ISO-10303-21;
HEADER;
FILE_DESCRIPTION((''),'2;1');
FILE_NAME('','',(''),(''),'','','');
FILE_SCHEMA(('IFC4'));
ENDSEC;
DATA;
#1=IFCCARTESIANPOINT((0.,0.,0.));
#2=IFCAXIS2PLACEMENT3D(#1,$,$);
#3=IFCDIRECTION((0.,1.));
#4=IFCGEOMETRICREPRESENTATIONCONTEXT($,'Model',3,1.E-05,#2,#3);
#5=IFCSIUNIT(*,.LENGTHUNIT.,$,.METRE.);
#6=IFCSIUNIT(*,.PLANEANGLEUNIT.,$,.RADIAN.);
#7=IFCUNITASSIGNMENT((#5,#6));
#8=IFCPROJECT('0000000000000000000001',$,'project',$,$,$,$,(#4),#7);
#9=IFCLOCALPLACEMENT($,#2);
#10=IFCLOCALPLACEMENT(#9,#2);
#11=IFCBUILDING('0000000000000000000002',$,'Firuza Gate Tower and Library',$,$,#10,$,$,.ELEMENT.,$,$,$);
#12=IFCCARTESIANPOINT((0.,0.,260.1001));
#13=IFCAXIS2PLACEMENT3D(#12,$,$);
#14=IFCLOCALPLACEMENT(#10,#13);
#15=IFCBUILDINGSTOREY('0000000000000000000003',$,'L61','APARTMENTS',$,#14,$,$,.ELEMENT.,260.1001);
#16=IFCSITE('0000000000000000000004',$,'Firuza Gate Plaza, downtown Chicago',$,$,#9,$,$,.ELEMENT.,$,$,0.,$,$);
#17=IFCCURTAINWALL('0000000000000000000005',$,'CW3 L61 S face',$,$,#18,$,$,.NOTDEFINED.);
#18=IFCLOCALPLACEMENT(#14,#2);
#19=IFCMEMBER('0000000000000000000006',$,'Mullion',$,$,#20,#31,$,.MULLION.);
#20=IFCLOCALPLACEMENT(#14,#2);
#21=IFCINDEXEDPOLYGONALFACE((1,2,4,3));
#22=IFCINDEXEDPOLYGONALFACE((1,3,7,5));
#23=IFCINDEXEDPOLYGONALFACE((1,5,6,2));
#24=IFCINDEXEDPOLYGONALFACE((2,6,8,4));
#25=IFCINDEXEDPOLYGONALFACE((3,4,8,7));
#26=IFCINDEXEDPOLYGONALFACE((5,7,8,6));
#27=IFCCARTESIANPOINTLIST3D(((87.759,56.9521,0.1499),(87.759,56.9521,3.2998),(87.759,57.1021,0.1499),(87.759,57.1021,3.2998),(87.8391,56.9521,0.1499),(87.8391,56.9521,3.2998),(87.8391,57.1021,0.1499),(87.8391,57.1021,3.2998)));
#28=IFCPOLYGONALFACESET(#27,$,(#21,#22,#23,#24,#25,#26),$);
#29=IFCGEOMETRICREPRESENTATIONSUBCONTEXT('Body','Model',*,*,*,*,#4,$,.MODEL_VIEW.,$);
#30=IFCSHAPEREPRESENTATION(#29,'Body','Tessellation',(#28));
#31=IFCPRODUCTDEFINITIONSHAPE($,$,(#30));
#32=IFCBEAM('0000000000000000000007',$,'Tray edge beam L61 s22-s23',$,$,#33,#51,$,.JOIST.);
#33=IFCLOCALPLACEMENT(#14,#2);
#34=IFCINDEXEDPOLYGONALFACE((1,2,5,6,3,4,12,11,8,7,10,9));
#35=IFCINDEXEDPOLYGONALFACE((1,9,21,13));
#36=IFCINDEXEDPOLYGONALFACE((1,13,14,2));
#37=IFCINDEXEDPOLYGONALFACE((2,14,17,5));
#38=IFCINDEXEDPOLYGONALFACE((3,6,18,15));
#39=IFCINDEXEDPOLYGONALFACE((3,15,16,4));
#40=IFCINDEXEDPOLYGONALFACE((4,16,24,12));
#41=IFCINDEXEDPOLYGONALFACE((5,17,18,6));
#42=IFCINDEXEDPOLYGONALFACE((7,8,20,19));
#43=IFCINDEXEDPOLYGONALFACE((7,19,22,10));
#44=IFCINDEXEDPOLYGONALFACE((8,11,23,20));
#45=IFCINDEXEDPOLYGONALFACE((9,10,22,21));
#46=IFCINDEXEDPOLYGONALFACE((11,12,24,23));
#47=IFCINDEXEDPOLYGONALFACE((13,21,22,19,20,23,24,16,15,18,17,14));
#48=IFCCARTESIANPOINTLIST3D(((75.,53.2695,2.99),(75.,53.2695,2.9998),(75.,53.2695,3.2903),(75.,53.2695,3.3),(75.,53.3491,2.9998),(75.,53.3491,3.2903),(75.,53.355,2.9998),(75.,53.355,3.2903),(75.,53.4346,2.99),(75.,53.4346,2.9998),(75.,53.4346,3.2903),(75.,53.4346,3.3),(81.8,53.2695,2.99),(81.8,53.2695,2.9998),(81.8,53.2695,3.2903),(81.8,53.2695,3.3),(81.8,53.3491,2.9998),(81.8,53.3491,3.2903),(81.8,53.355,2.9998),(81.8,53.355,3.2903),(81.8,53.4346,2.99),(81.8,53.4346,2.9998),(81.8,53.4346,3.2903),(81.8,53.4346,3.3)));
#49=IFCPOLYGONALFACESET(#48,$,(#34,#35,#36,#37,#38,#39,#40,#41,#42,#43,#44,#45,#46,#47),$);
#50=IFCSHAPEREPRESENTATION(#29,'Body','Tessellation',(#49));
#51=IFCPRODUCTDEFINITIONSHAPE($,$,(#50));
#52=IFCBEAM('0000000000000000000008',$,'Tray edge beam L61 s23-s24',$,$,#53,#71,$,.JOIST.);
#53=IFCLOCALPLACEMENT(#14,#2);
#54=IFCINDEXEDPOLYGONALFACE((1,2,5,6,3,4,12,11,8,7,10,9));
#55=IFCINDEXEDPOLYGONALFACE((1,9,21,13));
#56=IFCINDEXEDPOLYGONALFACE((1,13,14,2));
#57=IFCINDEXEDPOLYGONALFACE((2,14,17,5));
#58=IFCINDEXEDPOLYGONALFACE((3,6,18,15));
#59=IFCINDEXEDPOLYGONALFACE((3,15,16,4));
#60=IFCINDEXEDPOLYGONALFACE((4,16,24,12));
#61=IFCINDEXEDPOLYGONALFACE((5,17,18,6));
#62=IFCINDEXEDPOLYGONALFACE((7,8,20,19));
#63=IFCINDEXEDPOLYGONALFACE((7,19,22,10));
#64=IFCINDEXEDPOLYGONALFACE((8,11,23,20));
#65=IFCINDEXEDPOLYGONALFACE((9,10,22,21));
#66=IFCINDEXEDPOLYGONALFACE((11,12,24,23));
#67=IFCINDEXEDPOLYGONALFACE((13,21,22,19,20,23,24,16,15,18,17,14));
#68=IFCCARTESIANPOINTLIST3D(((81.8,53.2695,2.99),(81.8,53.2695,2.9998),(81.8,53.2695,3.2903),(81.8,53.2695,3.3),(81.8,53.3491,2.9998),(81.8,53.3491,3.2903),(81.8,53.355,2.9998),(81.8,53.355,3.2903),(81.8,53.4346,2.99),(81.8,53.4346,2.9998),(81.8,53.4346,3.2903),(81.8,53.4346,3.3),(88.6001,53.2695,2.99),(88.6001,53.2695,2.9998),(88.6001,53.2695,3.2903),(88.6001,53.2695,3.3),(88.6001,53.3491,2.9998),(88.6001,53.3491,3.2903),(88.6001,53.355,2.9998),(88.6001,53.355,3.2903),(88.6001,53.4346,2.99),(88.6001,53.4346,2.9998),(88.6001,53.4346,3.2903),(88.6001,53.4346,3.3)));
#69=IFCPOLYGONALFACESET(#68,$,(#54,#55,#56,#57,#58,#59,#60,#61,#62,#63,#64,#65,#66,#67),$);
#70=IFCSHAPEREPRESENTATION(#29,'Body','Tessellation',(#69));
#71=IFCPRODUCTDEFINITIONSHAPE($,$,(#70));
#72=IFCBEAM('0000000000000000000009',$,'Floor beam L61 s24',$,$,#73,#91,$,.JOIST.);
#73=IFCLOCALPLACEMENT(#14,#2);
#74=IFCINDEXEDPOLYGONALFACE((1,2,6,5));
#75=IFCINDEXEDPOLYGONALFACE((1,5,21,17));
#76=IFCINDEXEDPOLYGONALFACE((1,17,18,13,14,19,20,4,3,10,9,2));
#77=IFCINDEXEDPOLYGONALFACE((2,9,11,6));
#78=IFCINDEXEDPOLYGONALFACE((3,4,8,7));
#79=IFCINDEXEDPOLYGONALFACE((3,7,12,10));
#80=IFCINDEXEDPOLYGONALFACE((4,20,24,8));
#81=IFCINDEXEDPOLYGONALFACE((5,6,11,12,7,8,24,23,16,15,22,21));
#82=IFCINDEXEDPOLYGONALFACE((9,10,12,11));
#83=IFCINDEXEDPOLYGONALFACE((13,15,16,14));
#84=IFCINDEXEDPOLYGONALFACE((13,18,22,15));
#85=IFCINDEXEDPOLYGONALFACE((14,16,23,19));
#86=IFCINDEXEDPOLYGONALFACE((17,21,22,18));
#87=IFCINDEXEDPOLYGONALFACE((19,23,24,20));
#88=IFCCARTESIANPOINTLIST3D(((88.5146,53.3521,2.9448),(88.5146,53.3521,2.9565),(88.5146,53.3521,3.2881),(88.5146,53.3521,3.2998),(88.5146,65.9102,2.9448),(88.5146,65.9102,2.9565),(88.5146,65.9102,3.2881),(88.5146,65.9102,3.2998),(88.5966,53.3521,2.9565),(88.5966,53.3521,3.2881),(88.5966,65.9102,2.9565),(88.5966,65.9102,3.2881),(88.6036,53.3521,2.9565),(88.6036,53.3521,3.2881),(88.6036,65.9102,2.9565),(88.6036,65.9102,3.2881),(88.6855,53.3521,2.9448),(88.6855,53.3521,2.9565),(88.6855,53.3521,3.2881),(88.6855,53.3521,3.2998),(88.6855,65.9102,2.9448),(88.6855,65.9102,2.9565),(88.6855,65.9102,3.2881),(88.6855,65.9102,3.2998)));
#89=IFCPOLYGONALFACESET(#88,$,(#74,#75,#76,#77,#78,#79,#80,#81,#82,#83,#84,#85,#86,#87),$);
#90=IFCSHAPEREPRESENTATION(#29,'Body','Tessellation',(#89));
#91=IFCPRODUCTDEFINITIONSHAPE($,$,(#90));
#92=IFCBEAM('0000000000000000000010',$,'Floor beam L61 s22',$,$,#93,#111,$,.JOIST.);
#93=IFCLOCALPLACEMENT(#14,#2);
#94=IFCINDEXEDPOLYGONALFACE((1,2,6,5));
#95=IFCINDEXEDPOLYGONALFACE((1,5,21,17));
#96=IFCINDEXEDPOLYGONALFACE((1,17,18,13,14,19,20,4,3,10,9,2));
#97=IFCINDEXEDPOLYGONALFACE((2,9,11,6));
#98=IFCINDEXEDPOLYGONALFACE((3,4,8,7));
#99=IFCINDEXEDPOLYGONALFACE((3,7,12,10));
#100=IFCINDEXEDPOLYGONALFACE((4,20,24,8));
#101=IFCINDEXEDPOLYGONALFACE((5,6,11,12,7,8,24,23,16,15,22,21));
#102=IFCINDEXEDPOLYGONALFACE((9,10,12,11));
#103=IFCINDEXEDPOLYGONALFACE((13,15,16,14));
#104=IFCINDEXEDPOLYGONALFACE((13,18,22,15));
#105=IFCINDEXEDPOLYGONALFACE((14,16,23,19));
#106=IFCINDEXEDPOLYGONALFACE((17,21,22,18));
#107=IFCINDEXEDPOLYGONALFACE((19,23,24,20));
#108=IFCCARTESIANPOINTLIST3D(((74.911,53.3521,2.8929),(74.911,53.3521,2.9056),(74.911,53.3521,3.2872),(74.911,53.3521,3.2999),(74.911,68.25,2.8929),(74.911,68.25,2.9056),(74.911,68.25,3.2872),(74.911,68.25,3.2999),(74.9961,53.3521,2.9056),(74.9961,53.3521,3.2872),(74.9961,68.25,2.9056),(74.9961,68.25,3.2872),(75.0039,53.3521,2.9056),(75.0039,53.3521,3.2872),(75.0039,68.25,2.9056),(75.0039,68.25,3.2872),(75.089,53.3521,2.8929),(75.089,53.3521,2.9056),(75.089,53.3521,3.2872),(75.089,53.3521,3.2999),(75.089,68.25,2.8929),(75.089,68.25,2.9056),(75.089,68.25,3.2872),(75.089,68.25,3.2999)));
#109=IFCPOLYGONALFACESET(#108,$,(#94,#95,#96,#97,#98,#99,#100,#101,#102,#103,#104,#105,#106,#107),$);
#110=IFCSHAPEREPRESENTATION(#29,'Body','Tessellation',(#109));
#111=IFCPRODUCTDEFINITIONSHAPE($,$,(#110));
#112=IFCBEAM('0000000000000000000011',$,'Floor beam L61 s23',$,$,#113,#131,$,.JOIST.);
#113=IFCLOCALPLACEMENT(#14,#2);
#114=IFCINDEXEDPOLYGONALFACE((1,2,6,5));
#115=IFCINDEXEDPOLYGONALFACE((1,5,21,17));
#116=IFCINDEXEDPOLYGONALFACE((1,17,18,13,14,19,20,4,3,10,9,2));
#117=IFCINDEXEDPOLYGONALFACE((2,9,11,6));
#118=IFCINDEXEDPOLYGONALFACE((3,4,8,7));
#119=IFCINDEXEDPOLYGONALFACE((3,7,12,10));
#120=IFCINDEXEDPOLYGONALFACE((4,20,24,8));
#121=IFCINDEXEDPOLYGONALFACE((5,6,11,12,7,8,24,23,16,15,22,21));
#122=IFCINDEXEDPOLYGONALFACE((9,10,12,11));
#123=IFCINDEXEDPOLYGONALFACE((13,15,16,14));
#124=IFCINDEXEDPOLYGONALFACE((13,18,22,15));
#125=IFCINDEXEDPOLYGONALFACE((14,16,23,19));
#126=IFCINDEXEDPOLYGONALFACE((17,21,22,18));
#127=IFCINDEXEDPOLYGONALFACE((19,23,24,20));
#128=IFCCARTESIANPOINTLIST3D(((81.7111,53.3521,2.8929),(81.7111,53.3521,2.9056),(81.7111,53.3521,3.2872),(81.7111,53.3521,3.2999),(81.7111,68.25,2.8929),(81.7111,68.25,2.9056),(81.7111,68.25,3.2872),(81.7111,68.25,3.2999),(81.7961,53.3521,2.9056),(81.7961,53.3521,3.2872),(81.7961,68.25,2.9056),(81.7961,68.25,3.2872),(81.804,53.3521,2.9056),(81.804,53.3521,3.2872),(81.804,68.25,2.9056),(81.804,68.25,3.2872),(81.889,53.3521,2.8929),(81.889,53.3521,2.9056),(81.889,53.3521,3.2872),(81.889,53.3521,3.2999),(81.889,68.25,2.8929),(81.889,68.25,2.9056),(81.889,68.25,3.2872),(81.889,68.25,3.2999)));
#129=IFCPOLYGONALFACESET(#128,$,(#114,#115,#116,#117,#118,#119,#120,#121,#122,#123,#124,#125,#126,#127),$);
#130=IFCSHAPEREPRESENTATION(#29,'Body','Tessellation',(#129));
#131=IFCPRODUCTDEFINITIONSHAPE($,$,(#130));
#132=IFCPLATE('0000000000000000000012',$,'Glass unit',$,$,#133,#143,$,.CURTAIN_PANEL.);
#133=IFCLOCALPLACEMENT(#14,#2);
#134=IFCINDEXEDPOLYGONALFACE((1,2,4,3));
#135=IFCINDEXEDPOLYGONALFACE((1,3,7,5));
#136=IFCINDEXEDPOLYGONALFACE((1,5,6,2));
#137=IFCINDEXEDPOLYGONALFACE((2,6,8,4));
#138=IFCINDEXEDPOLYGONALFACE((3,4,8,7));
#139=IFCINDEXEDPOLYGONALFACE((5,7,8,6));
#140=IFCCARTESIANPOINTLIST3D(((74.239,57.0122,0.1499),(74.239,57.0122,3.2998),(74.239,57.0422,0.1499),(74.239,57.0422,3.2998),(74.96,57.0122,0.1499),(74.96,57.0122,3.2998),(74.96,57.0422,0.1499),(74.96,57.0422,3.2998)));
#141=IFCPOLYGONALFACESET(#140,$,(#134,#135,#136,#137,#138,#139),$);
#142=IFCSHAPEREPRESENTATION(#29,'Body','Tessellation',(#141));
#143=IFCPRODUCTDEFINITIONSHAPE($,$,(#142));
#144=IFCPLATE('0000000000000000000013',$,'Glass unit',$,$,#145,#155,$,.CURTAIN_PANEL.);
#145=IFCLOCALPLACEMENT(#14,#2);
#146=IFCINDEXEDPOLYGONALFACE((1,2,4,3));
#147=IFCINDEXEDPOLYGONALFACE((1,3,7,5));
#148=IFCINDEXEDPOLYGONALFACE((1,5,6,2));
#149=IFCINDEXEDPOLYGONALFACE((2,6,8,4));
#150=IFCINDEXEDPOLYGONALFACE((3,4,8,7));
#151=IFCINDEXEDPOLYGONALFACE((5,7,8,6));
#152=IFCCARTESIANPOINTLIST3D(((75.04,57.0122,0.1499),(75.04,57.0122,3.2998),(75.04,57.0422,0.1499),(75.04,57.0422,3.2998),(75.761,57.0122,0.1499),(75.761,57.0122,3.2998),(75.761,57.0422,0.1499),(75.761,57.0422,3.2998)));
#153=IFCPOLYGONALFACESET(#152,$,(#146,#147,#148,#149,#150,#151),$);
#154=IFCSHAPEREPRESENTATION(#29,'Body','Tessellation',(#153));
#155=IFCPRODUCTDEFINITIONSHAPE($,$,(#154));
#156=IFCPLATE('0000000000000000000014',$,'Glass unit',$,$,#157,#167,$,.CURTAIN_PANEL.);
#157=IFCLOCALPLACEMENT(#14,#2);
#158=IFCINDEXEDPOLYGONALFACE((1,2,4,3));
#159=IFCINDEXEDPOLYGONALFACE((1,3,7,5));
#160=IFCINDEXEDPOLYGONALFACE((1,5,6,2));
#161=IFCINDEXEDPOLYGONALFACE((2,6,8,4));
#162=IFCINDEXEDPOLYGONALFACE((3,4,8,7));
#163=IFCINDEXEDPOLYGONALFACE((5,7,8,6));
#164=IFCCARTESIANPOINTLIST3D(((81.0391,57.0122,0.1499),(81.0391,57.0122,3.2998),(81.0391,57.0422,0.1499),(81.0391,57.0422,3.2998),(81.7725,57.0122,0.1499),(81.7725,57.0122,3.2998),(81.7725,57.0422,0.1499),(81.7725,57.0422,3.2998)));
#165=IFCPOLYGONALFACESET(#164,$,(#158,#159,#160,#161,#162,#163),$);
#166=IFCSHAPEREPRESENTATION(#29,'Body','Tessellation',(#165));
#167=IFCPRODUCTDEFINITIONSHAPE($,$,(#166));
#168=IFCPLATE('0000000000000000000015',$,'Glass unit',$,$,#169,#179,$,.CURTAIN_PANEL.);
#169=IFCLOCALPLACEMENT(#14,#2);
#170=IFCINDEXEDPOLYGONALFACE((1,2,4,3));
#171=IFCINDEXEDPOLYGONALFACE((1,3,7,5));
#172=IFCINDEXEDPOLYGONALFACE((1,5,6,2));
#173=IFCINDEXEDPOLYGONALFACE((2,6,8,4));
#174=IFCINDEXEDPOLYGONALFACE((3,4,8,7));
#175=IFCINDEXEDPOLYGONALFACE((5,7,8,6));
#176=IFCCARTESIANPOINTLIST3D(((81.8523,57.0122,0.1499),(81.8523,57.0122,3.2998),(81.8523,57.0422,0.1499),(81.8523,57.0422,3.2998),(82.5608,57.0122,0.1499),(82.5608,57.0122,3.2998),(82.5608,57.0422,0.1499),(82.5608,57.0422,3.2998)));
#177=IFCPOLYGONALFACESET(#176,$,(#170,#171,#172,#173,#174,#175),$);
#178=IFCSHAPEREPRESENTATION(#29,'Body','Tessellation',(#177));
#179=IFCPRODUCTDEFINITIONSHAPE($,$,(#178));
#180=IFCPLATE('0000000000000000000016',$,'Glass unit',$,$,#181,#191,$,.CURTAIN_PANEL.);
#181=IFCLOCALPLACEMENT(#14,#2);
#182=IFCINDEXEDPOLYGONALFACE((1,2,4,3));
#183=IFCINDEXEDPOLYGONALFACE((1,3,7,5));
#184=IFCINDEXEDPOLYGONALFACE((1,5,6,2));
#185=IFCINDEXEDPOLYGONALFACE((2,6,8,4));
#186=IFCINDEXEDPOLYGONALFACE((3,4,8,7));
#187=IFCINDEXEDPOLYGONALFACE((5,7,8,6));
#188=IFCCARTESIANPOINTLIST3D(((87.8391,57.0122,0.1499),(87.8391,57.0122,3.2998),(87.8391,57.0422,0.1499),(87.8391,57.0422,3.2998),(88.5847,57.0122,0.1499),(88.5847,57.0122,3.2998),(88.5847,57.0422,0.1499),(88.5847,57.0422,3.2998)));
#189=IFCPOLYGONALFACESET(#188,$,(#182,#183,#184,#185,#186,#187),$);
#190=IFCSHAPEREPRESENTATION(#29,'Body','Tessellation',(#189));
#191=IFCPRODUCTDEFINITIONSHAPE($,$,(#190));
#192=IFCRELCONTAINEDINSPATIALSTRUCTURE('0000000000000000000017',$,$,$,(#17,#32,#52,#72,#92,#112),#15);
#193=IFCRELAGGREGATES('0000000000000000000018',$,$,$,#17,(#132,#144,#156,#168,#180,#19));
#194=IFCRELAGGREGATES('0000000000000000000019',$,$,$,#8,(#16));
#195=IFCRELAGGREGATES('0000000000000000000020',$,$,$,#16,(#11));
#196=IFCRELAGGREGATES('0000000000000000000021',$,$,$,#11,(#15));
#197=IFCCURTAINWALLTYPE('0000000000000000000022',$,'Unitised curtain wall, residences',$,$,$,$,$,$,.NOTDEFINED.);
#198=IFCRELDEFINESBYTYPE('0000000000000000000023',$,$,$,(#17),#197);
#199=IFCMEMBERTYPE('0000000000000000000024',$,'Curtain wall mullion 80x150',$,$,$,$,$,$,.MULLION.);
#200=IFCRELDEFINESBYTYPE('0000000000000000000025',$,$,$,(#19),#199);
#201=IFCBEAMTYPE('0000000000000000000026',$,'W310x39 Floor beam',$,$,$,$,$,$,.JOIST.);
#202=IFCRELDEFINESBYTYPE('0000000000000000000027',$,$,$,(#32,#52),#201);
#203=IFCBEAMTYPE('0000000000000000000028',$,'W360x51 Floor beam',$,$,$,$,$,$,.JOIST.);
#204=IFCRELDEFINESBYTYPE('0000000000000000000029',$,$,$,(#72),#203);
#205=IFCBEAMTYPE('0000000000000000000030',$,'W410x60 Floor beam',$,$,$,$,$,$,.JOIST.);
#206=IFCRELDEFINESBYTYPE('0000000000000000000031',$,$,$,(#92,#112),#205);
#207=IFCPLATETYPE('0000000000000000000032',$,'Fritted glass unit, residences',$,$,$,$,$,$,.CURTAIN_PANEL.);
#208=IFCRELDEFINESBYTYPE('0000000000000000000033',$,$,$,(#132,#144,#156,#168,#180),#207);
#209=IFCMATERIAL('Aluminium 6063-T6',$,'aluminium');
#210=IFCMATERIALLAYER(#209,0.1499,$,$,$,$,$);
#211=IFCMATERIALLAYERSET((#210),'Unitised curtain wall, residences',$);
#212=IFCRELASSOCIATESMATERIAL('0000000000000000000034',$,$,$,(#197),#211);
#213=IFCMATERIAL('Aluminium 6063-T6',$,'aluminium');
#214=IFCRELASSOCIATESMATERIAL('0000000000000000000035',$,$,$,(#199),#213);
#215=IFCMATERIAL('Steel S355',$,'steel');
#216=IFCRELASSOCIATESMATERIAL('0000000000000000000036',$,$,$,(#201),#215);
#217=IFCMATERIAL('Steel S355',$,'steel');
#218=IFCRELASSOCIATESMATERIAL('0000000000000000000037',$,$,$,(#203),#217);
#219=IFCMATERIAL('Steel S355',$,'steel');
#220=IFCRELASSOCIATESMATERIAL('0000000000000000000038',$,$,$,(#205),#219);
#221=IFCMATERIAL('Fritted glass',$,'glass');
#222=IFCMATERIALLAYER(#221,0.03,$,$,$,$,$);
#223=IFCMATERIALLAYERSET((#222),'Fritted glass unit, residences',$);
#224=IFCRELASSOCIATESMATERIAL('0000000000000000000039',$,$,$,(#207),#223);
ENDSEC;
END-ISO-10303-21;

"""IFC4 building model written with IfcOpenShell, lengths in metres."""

from ifc_helpers import new_model, si_unit, direction, frame, origin, origin_2d, place, context, subcontext, project, spatial, polyline, rectangle, i_section, outline, extrude, material, layer, layer_set, material_profile, profile_set, type_object, element, aggregate, save


model = new_model("IFC4")

# Units and contexts
model_context = context("Model", 3, precision=1e-05, world=origin(), true_north=direction((0.0, 1.0)))
body_context = subcontext(model_context, "Body", "Model", "MODEL_VIEW")
ifc_project = project(units=[si_unit("LENGTHUNIT", "METRE"), si_unit("PLANEANGLEUNIT", "RADIAN")], contexts=[model_context])

# Site, building, storey
site_placement = place(None, origin())
site = spatial("IfcSite", under=ifc_project, at=site_placement, Name="Firuza Gate Plaza, downtown Chicago", CompositionType="ELEMENT", RefElevation=0.0)
building_placement = place(site_placement, origin())
building = spatial("IfcBuilding", under=site, at=building_placement, Name="Firuza Gate Tower and Library", CompositionType="ELEMENT")
storey_placement = place(building_placement, frame((0.0, 0.0, 260.1001)))
storey = spatial("IfcBuildingStorey", under=building, at=storey_placement, Name="L61", Description="APARTMENTS", CompositionType="ELEMENT", Elevation=260.1001)

# Curtain wall, member
ifc_material_1 = material(Name="Aluminium 6063-T6", Category="aluminium")
ifc_layer_1 = layer(ifc_material_1, 0.1499)
ifc_layer_set_1 = layer_set([ifc_layer_1], Name="Unitised curtain wall, residences")
curtain_wall_type = type_object("IfcCurtainWallType", Name="Unitised curtain wall, residences", PredefinedType="NOTDEFINED", material=ifc_layer_set_1)
curtain_wall_placement = place(storey_placement, origin())
curtain_wall = element("IfcCurtainWall", 1, at=curtain_wall_placement, inside=storey, type_object=curtain_wall_type, Name="CW3 L61 S face", PredefinedType="NOTDEFINED")
ifc_material_2 = material(Name="Aluminium 6063-T6", Category="aluminium")
ifc_material_profile_1 = material_profile(ifc_material_2, rectangle(XDim=0.1499, YDim=0.0801, at=origin_2d()))
ifc_profile_set_1 = profile_set([ifc_material_profile_1], Name="Aluminium 6063-T6")
member_type_1 = type_object("IfcMemberType", Name="Curtain wall mullion 80x150", PredefinedType="MULLION", material=ifc_profile_set_1)
member_1_placement = place(storey_placement, frame((87.7991, 57.0271, 0.1499), z_axis=(0.0, 0.0, 1.0), x_axis=(0.0, 1.0, 0.0)))
member_1 = element("IfcMember", 2, at=member_1_placement, type_object=member_type_1, Name="Mullion", PredefinedType="MULLION", context=body_context, shape_type="SweptSolid", body=[
    extrude(rectangle(XDim=0.1499, YDim=0.0801, at=origin_2d()), origin(), (0.0, 0.0, 1.0), 3.1499),
])

# Beams
ifc_material_3 = material(Name="Steel S355", Category="steel")
ifc_material_profile_2 = material_profile(ifc_material_3, i_section(OverallWidth=0.165, OverallDepth=0.3101, WebThickness=0.0059, FlangeThickness=0.0098, at=origin_2d()))
ifc_profile_set_2 = profile_set([ifc_material_profile_2], Name="Steel S355")
beam_type_1 = type_object("IfcBeamType", Name="W310x39 Floor beam", PredefinedType="JOIST", material=ifc_profile_set_2)
for number, where, z_axis, x_axis, name in (
    (3, (75.0, 53.3521, 3.145), (1.0, 0.0, 0.0), (0.0, 1.0, 0.0), "Tray edge beam L61 s22-s23"),
    (4, (81.8, 53.3521, 3.145), (1.0, 0.0, 0.0), (0.0, 1.0, 0.0), "Tray edge beam L61 s23-s24"),
):
    element("IfcBeam", number, at=place(storey_placement, frame(where, z_axis=z_axis, x_axis=x_axis)), inside=storey, type_object=beam_type_1, Name=name, PredefinedType="JOIST", context=body_context, shape_type="SweptSolid", body=[
        extrude(i_section(OverallWidth=0.165, OverallDepth=0.3101, WebThickness=0.0059, FlangeThickness=0.0098, at=origin_2d()), origin(), (0.0, 0.0, 1.0), 6.8),
    ])
ifc_material_4 = material(Name="Steel S355", Category="steel")
ifc_material_profile_3 = material_profile(ifc_material_4, i_section(OverallWidth=0.1709, OverallDepth=0.355, WebThickness=0.0071, FlangeThickness=0.0117, at=origin_2d()))
ifc_profile_set_3 = profile_set([ifc_material_profile_3], Name="Steel S355")
beam_type_2 = type_object("IfcBeamType", Name="W360x51 Floor beam", PredefinedType="JOIST", material=ifc_profile_set_3)
beam_placement = place(storey_placement, frame((88.6001, 53.3521, 3.1223), z_axis=(0.0, 1.0, 0.0), x_axis=(-1.0, 0.0, 0.0)))
element("IfcBeam", 5, at=beam_placement, inside=storey, type_object=beam_type_2, Name="Floor beam L61 s24", PredefinedType="JOIST", context=body_context, shape_type="SweptSolid", body=[
    extrude(i_section(OverallWidth=0.1709, OverallDepth=0.355, WebThickness=0.0071, FlangeThickness=0.0117, at=origin_2d()), origin(), (0.0, 0.0, 1.0), 12.5581),
])
ifc_material_5 = material(Name="Steel S355", Category="steel")
ifc_material_profile_4 = material_profile(ifc_material_5, i_section(OverallWidth=0.178, OverallDepth=0.407, WebThickness=0.0078, FlangeThickness=0.0127, at=origin_2d()))
ifc_profile_set_4 = profile_set([ifc_material_profile_4], Name="Steel S355")
beam_type_3 = type_object("IfcBeamType", Name="W410x60 Floor beam", PredefinedType="JOIST", material=ifc_profile_set_4)
for number, where, z_axis, x_axis, name in (
    (6, (75.0, 53.3521, 3.0964), (0.0, 1.0, 0.0), (-1.0, 0.0, 0.0), "Floor beam L61 s22"),
    (7, (81.8, 53.3521, 3.0964), (0.0, 1.0, 0.0), (-1.0, 0.0, 0.0), "Floor beam L61 s23"),
):
    element("IfcBeam", number, at=place(storey_placement, frame(where, z_axis=z_axis, x_axis=x_axis)), inside=storey, type_object=beam_type_3, Name=name, PredefinedType="JOIST", context=body_context, shape_type="SweptSolid", body=[
        extrude(i_section(OverallWidth=0.178, OverallDepth=0.407, WebThickness=0.0078, FlangeThickness=0.0127, at=origin_2d()), origin(), (0.0, 0.0, 1.0), 14.8979),
    ])

# Plates
ifc_material_6 = material(Name="Fritted glass", Category="glass")
ifc_layer_2 = layer(ifc_material_6, 0.03)
ifc_layer_set_2 = layer_set([ifc_layer_2], Name="Fritted glass unit, residences")
plate_type_1 = type_object("IfcPlateType", Name="Fritted glass unit, residences", PredefinedType="CURTAIN_PANEL", material=ifc_layer_set_2)
plate_1_placement = place(storey_placement, frame((74.239, 57.0122, 0.1499), z_axis=(0.0, -1.0, 0.0), x_axis=(1.0, 0.0, 0.0)))
plate_1 = element("IfcPlate", 8, at=plate_1_placement, type_object=plate_type_1, Name="Glass unit", PredefinedType="CURTAIN_PANEL", context=body_context, shape_type="SweptSolid", body=[
    extrude(outline(polyline([(0.0, 0.0), (0.7209, 0.0), (0.7209, 3.1499), (0.0, 3.1499), (0.0, 0.0)])), origin(), (0.0, 0.0, -1.0), 0.03),
])
plate_2_placement = place(storey_placement, frame((75.04, 57.0122, 0.1499), z_axis=(0.0, -1.0, 0.0), x_axis=(1.0, 0.0, 0.0)))
plate_2 = element("IfcPlate", 9, at=plate_2_placement, type_object=plate_type_1, Name="Glass unit", PredefinedType="CURTAIN_PANEL", context=body_context, shape_type="SweptSolid", body=[
    extrude(outline(polyline([(0.0, 0.0), (0.7209, 0.0), (0.7209, 3.1499), (0.0, 3.1499), (0.0, 0.0)])), origin(), (0.0, 0.0, -1.0), 0.03),
])
plate_3_placement = place(storey_placement, frame((81.0391, 57.0122, 0.1499), z_axis=(0.0, -1.0, 0.0), x_axis=(1.0, 0.0, 0.0)))
plate_3 = element("IfcPlate", 10, at=plate_3_placement, type_object=plate_type_1, Name="Glass unit", PredefinedType="CURTAIN_PANEL", context=body_context, shape_type="SweptSolid", body=[
    extrude(outline(polyline([(0.0, 0.0), (0.7334, 0.0), (0.7334, 3.1499), (0.0, 3.1499), (0.0, 0.0)])), origin(), (0.0, 0.0, -1.0), 0.03),
])
plate_4_placement = place(storey_placement, frame((81.8523, 57.0122, 0.1499), z_axis=(0.0, -1.0, 0.0), x_axis=(1.0, 0.0, 0.0)))
plate_4 = element("IfcPlate", 11, at=plate_4_placement, type_object=plate_type_1, Name="Glass unit", PredefinedType="CURTAIN_PANEL", context=body_context, shape_type="SweptSolid", body=[
    extrude(outline(polyline([(0.0, 0.0), (0.7085, 0.0), (0.7085, 3.1499), (0.0, 3.1499), (0.0, 0.0)])), origin(), (0.0, 0.0, -1.0), 0.03),
])
plate_5_placement = place(storey_placement, frame((87.8391, 57.0122, 0.1499), z_axis=(0.0, -1.0, 0.0), x_axis=(1.0, 0.0, 0.0)))
plate_5 = element("IfcPlate", 12, at=plate_5_placement, type_object=plate_type_1, Name="Glass unit", PredefinedType="CURTAIN_PANEL", context=body_context, shape_type="SweptSolid", body=[
    extrude(outline(polyline([(0.0, 0.0), (0.7456, 0.0), (0.7456, 3.1499), (0.0, 3.1499), (0.0, 0.0)])), origin(), (0.0, 0.0, -1.0), 0.03),
])
aggregate(curtain_wall, [plate_1, plate_2, plate_3, plate_4, plate_5, member_1])

save(model, "model.ifc")
